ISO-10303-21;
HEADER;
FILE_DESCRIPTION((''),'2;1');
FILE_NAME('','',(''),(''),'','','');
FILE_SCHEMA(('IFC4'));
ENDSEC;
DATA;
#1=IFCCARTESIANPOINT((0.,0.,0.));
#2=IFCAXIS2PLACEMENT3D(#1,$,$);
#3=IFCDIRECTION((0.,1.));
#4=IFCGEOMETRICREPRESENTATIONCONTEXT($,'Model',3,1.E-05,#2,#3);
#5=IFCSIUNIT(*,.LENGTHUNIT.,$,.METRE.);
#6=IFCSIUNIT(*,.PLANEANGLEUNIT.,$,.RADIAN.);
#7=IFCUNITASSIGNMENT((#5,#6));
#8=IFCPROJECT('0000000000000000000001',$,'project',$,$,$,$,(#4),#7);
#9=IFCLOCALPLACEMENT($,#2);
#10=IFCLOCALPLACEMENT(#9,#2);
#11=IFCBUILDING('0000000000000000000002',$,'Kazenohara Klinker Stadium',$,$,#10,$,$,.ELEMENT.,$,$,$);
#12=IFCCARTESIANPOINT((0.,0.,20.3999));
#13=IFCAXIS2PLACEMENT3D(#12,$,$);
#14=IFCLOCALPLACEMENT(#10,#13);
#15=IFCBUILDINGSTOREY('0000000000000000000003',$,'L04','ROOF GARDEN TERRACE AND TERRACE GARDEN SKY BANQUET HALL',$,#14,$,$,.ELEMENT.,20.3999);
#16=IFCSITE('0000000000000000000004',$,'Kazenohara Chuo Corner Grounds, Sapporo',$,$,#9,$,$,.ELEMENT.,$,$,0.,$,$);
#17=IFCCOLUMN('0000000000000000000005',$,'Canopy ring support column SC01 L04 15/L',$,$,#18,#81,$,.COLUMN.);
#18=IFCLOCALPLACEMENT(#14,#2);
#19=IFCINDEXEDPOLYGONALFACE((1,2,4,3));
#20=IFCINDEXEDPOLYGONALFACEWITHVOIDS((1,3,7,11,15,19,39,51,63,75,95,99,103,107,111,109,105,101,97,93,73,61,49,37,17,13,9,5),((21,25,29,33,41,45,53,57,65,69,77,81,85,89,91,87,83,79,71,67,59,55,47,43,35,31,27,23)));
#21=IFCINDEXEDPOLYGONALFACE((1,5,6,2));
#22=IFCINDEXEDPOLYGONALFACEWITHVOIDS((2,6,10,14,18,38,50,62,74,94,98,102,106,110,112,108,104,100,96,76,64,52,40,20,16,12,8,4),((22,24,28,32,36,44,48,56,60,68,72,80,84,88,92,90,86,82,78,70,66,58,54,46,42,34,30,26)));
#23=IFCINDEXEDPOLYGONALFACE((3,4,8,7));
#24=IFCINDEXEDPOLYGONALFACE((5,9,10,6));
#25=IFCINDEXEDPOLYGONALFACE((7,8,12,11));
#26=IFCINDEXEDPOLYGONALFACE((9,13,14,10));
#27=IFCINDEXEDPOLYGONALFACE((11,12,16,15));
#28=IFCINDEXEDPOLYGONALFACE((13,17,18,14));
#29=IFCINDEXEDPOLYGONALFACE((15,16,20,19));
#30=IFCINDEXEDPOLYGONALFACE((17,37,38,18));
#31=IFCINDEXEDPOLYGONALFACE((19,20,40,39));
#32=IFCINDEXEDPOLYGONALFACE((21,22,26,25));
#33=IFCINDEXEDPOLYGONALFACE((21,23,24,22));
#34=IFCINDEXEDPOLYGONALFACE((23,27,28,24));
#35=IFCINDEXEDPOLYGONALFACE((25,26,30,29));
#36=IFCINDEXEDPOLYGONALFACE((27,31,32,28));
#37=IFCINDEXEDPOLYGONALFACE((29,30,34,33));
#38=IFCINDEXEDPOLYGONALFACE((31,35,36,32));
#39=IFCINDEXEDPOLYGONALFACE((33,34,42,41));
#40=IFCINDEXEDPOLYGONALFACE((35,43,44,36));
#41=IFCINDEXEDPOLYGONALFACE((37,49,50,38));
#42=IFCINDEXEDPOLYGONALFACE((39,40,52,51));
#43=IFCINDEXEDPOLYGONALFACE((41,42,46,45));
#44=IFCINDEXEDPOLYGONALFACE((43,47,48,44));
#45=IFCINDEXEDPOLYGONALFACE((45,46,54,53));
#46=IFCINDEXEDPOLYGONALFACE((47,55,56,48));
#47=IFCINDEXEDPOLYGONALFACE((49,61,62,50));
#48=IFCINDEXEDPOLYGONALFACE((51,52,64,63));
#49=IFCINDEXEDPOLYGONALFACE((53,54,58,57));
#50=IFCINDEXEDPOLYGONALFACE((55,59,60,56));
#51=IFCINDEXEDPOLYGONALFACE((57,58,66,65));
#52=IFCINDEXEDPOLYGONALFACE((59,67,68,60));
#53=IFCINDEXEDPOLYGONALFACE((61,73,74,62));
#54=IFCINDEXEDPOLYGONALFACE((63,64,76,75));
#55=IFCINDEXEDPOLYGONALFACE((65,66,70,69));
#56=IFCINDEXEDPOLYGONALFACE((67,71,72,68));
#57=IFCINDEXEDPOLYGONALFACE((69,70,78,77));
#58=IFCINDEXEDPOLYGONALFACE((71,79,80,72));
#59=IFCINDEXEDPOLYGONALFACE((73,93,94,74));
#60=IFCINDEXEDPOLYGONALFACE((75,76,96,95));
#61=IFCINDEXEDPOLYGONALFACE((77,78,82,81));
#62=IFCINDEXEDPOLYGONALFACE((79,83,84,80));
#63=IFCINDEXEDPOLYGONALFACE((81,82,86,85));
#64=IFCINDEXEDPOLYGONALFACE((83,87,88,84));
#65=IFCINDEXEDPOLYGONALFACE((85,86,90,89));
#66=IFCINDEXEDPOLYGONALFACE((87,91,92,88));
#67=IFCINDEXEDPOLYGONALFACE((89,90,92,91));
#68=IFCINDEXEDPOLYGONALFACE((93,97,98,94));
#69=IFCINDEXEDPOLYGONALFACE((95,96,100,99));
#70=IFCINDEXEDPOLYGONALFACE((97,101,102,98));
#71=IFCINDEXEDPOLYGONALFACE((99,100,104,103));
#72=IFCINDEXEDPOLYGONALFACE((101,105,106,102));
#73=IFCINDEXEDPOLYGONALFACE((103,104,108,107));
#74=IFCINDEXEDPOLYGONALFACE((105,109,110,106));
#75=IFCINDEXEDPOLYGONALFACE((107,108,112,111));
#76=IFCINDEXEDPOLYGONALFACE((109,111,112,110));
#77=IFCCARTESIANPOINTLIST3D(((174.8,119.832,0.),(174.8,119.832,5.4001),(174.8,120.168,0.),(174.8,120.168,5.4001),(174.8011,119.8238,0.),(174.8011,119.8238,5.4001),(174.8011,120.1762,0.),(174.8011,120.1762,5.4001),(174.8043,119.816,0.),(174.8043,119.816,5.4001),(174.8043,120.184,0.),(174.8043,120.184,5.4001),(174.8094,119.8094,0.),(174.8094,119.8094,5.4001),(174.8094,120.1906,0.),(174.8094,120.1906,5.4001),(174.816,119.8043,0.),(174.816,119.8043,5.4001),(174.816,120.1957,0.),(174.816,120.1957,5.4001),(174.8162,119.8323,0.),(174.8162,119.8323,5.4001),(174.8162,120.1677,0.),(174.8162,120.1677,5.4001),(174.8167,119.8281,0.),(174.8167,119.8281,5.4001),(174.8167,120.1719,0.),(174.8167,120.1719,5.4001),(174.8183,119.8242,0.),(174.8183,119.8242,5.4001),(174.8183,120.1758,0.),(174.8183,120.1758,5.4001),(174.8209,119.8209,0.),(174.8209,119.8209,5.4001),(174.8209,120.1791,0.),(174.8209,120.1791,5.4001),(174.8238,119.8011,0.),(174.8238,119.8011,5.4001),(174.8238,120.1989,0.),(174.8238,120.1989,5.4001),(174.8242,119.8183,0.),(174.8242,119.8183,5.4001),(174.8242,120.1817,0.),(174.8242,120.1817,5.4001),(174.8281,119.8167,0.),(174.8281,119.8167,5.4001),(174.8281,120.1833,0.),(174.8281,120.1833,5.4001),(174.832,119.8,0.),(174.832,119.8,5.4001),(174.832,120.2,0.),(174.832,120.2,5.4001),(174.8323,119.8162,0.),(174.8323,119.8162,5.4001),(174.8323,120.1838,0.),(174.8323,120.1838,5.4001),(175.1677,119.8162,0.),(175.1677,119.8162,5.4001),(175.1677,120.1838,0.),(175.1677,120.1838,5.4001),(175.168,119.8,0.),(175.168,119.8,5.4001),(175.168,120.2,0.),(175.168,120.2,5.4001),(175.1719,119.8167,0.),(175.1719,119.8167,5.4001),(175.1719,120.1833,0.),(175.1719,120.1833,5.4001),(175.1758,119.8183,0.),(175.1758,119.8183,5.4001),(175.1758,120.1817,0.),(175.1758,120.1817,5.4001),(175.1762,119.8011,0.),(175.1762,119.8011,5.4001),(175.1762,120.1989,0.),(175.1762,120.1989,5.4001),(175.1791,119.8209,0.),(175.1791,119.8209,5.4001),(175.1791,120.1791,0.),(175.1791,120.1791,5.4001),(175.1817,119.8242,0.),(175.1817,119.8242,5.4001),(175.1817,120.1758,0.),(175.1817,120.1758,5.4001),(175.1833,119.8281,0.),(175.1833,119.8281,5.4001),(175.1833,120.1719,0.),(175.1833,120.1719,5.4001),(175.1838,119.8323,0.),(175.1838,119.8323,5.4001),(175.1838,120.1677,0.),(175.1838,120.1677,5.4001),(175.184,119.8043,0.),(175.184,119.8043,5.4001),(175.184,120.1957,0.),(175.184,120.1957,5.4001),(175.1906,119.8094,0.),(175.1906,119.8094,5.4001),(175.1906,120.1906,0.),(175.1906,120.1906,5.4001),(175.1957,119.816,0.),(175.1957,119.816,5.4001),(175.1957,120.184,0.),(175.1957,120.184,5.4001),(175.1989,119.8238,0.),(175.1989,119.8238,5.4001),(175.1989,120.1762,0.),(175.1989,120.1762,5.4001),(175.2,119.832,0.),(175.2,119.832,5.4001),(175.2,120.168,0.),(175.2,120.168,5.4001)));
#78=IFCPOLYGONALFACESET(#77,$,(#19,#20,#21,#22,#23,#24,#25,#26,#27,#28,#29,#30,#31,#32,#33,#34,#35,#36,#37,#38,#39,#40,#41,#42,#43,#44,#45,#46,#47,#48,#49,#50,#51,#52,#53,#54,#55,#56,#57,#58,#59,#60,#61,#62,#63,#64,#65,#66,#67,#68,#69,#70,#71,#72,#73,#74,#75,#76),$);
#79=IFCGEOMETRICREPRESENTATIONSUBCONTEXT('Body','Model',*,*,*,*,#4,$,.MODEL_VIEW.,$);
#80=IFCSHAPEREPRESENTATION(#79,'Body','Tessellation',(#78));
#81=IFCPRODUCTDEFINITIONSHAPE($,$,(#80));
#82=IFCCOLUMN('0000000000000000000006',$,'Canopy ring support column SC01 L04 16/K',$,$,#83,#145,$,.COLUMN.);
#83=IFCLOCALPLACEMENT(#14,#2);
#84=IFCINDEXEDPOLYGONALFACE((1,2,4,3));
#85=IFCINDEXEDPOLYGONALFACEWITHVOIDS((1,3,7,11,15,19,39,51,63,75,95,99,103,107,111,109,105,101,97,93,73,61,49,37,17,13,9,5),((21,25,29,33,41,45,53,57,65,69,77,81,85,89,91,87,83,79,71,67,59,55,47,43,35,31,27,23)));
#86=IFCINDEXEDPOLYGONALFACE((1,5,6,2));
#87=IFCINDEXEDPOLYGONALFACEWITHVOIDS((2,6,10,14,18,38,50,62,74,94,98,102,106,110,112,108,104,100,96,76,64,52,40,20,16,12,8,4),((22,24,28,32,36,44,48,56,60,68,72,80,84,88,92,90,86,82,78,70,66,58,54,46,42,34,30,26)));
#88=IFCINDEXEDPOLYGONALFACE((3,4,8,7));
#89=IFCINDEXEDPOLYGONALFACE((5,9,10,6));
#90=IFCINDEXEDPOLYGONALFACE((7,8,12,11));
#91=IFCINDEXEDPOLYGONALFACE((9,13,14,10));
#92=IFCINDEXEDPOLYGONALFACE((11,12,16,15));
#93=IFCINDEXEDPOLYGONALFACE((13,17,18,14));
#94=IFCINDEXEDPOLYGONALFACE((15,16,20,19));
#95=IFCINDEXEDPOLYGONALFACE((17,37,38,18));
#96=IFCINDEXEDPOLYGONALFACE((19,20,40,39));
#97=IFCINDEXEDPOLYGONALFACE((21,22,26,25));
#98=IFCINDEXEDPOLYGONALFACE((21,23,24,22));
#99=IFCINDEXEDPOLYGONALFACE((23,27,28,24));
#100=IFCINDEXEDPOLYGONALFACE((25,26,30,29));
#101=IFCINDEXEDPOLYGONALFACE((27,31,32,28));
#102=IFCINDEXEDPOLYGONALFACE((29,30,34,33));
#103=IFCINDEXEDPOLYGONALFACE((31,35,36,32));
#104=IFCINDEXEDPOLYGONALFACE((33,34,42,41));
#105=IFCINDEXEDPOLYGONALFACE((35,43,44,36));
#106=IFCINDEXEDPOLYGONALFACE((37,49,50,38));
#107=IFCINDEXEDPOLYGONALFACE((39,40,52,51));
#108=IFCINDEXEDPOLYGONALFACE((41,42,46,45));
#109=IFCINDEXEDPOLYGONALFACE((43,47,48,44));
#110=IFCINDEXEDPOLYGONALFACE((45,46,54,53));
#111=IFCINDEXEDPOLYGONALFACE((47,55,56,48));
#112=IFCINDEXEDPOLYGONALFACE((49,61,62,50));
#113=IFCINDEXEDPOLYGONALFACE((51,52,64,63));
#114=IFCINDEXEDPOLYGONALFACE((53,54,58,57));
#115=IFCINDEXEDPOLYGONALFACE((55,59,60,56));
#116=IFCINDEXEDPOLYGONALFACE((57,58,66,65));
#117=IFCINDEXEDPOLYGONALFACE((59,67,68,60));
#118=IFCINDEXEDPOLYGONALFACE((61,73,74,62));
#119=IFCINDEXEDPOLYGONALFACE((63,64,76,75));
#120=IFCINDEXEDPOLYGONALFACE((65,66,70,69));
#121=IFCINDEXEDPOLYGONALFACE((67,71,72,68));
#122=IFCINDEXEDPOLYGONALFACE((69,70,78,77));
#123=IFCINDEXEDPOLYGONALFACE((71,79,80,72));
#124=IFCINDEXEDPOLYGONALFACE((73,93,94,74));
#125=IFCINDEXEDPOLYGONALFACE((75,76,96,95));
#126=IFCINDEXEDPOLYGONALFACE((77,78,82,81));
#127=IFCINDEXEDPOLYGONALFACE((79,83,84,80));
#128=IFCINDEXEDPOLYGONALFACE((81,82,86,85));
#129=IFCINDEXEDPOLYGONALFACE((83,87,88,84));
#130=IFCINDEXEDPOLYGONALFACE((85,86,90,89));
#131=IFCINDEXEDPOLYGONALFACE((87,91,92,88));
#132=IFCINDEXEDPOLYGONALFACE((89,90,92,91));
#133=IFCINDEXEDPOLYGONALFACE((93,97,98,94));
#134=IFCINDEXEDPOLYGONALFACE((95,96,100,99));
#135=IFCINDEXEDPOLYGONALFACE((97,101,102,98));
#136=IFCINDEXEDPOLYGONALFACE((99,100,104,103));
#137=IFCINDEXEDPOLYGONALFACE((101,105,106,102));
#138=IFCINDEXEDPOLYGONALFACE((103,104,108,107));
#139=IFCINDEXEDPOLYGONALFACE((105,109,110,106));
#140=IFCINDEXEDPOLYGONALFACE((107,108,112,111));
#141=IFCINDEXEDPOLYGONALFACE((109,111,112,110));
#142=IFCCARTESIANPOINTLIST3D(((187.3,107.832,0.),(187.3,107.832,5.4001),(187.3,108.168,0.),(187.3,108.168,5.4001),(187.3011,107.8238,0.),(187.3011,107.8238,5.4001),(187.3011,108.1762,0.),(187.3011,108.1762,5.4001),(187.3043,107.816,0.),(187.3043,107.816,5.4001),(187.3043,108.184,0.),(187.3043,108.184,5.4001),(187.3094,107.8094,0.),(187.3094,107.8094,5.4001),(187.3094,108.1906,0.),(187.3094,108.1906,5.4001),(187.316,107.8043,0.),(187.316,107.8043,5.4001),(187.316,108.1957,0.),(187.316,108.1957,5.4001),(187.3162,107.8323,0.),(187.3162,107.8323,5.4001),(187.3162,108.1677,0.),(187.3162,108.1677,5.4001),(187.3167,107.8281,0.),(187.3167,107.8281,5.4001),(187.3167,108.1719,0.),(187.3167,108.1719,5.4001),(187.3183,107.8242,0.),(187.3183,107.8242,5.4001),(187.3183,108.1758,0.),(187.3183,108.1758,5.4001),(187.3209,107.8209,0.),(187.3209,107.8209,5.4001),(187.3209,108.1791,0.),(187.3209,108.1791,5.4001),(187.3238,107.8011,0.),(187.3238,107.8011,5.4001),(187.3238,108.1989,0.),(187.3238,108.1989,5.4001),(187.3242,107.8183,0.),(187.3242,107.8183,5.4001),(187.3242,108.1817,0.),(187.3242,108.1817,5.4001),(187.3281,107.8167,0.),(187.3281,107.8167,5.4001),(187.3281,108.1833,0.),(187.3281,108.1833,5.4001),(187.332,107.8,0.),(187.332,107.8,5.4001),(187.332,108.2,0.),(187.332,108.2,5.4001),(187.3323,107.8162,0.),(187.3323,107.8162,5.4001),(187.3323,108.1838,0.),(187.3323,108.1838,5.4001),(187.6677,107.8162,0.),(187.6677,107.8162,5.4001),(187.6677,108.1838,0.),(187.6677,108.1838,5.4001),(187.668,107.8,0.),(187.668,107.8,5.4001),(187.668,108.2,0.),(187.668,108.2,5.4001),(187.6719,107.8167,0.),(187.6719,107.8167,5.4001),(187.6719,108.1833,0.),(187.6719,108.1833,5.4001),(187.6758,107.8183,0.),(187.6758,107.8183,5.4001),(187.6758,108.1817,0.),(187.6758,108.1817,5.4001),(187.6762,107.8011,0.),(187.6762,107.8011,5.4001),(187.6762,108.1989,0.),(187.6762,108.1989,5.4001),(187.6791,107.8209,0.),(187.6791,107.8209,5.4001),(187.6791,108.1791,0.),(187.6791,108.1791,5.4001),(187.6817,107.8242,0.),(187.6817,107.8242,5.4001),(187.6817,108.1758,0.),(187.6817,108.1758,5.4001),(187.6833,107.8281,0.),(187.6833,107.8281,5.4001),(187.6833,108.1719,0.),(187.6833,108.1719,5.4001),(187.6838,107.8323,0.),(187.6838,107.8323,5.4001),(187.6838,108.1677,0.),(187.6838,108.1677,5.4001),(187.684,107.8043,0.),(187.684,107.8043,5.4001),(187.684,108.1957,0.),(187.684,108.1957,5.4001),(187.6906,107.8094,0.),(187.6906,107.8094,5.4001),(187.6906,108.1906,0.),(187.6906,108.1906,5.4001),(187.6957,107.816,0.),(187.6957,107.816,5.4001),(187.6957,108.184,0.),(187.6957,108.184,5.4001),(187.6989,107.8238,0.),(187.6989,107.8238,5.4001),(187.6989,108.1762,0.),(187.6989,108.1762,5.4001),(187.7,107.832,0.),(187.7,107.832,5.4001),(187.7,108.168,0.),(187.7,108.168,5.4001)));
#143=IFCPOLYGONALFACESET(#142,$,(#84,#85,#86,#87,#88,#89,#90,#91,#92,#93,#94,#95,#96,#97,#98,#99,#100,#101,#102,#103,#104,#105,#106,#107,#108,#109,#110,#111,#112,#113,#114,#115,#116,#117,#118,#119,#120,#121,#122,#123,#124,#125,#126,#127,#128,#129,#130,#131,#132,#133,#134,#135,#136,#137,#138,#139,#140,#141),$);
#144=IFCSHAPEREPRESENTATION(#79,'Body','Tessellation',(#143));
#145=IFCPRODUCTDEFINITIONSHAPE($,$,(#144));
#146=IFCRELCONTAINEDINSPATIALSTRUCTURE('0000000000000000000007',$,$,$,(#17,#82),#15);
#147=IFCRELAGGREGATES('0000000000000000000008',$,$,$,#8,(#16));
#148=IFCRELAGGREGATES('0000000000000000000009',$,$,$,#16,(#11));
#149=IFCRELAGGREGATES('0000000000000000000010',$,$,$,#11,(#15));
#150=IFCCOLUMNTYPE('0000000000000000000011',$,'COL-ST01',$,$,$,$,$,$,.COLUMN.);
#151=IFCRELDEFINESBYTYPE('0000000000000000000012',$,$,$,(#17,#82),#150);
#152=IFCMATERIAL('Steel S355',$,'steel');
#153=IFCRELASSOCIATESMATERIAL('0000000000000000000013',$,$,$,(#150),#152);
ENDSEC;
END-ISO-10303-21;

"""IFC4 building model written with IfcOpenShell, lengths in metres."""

from ifc_helpers import new_model, si_unit, direction, frame, origin, origin_2d, place, context, subcontext, project, spatial, hollow_rectangle, extrude, material, material_profile, profile_set, type_object, element, save


model = new_model("IFC4")

# Units and contexts
model_context = context("Model", 3, precision=1e-05, world=origin(), true_north=direction((0.0, 1.0)))
body_context = subcontext(model_context, "Body", "Model", "MODEL_VIEW")
ifc_project = project(units=[si_unit("LENGTHUNIT", "METRE"), si_unit("PLANEANGLEUNIT", "RADIAN")], contexts=[model_context])

# Site, building, storey
site_placement = place(None, origin())
site = spatial("IfcSite", under=ifc_project, at=site_placement, Name="Kazenohara Chuo Corner Grounds, Sapporo", CompositionType="ELEMENT", RefElevation=0.0)
building_placement = place(site_placement, origin())
building = spatial("IfcBuilding", under=site, at=building_placement, Name="Kazenohara Klinker Stadium", CompositionType="ELEMENT")
storey_placement = place(building_placement, frame((0.0, 0.0, 20.3999)))
storey = spatial("IfcBuildingStorey", under=building, at=storey_placement, Name="L04", Description="ROOF GARDEN TERRACE AND TERRACE GARDEN SKY BANQUET HALL", CompositionType="ELEMENT", Elevation=20.3999)

# Columns
ifc_material_1 = material(Name="Steel S355", Category="steel")
ifc_material_profile_1 = material_profile(ifc_material_1, hollow_rectangle(XDim=0.3999, YDim=0.3999, WallThickness=0.0161, InnerFilletRadius=0.0161, OuterFilletRadius=0.032, at=origin_2d()), Name="SHS-400x400x16")
ifc_profile_set_1 = profile_set([ifc_material_profile_1], Name="Steel S355")
column_type_1 = type_object("IfcColumnType", Name="COL-ST01", PredefinedType="COLUMN", material=ifc_profile_set_1)
for number, where, z_axis, x_axis, name in (
    (1, (175.0, 120.0, 0.0), (0.0, 0.0, 1.0), (1.0, 0.0, 0.0), "Canopy ring support column SC01 L04 15/L"),
    (2, (187.5, 108.0, 0.0), (0.0, 0.0, 1.0), (1.0, 0.0, 0.0), "Canopy ring support column SC01 L04 16/K"),
):
    element("IfcColumn", number, at=place(storey_placement, frame(where, z_axis=z_axis, x_axis=x_axis)), inside=storey, type_object=column_type_1, Name=name, PredefinedType="COLUMN", context=body_context, shape_type="SweptSolid", body=[
        extrude(hollow_rectangle(XDim=0.3999, YDim=0.3999, WallThickness=0.0161, InnerFilletRadius=0.0161, OuterFilletRadius=0.032, at=origin_2d()), origin(), (0.0, 0.0, 1.0), 5.4001),
    ])

save(model, "model.ifc")
